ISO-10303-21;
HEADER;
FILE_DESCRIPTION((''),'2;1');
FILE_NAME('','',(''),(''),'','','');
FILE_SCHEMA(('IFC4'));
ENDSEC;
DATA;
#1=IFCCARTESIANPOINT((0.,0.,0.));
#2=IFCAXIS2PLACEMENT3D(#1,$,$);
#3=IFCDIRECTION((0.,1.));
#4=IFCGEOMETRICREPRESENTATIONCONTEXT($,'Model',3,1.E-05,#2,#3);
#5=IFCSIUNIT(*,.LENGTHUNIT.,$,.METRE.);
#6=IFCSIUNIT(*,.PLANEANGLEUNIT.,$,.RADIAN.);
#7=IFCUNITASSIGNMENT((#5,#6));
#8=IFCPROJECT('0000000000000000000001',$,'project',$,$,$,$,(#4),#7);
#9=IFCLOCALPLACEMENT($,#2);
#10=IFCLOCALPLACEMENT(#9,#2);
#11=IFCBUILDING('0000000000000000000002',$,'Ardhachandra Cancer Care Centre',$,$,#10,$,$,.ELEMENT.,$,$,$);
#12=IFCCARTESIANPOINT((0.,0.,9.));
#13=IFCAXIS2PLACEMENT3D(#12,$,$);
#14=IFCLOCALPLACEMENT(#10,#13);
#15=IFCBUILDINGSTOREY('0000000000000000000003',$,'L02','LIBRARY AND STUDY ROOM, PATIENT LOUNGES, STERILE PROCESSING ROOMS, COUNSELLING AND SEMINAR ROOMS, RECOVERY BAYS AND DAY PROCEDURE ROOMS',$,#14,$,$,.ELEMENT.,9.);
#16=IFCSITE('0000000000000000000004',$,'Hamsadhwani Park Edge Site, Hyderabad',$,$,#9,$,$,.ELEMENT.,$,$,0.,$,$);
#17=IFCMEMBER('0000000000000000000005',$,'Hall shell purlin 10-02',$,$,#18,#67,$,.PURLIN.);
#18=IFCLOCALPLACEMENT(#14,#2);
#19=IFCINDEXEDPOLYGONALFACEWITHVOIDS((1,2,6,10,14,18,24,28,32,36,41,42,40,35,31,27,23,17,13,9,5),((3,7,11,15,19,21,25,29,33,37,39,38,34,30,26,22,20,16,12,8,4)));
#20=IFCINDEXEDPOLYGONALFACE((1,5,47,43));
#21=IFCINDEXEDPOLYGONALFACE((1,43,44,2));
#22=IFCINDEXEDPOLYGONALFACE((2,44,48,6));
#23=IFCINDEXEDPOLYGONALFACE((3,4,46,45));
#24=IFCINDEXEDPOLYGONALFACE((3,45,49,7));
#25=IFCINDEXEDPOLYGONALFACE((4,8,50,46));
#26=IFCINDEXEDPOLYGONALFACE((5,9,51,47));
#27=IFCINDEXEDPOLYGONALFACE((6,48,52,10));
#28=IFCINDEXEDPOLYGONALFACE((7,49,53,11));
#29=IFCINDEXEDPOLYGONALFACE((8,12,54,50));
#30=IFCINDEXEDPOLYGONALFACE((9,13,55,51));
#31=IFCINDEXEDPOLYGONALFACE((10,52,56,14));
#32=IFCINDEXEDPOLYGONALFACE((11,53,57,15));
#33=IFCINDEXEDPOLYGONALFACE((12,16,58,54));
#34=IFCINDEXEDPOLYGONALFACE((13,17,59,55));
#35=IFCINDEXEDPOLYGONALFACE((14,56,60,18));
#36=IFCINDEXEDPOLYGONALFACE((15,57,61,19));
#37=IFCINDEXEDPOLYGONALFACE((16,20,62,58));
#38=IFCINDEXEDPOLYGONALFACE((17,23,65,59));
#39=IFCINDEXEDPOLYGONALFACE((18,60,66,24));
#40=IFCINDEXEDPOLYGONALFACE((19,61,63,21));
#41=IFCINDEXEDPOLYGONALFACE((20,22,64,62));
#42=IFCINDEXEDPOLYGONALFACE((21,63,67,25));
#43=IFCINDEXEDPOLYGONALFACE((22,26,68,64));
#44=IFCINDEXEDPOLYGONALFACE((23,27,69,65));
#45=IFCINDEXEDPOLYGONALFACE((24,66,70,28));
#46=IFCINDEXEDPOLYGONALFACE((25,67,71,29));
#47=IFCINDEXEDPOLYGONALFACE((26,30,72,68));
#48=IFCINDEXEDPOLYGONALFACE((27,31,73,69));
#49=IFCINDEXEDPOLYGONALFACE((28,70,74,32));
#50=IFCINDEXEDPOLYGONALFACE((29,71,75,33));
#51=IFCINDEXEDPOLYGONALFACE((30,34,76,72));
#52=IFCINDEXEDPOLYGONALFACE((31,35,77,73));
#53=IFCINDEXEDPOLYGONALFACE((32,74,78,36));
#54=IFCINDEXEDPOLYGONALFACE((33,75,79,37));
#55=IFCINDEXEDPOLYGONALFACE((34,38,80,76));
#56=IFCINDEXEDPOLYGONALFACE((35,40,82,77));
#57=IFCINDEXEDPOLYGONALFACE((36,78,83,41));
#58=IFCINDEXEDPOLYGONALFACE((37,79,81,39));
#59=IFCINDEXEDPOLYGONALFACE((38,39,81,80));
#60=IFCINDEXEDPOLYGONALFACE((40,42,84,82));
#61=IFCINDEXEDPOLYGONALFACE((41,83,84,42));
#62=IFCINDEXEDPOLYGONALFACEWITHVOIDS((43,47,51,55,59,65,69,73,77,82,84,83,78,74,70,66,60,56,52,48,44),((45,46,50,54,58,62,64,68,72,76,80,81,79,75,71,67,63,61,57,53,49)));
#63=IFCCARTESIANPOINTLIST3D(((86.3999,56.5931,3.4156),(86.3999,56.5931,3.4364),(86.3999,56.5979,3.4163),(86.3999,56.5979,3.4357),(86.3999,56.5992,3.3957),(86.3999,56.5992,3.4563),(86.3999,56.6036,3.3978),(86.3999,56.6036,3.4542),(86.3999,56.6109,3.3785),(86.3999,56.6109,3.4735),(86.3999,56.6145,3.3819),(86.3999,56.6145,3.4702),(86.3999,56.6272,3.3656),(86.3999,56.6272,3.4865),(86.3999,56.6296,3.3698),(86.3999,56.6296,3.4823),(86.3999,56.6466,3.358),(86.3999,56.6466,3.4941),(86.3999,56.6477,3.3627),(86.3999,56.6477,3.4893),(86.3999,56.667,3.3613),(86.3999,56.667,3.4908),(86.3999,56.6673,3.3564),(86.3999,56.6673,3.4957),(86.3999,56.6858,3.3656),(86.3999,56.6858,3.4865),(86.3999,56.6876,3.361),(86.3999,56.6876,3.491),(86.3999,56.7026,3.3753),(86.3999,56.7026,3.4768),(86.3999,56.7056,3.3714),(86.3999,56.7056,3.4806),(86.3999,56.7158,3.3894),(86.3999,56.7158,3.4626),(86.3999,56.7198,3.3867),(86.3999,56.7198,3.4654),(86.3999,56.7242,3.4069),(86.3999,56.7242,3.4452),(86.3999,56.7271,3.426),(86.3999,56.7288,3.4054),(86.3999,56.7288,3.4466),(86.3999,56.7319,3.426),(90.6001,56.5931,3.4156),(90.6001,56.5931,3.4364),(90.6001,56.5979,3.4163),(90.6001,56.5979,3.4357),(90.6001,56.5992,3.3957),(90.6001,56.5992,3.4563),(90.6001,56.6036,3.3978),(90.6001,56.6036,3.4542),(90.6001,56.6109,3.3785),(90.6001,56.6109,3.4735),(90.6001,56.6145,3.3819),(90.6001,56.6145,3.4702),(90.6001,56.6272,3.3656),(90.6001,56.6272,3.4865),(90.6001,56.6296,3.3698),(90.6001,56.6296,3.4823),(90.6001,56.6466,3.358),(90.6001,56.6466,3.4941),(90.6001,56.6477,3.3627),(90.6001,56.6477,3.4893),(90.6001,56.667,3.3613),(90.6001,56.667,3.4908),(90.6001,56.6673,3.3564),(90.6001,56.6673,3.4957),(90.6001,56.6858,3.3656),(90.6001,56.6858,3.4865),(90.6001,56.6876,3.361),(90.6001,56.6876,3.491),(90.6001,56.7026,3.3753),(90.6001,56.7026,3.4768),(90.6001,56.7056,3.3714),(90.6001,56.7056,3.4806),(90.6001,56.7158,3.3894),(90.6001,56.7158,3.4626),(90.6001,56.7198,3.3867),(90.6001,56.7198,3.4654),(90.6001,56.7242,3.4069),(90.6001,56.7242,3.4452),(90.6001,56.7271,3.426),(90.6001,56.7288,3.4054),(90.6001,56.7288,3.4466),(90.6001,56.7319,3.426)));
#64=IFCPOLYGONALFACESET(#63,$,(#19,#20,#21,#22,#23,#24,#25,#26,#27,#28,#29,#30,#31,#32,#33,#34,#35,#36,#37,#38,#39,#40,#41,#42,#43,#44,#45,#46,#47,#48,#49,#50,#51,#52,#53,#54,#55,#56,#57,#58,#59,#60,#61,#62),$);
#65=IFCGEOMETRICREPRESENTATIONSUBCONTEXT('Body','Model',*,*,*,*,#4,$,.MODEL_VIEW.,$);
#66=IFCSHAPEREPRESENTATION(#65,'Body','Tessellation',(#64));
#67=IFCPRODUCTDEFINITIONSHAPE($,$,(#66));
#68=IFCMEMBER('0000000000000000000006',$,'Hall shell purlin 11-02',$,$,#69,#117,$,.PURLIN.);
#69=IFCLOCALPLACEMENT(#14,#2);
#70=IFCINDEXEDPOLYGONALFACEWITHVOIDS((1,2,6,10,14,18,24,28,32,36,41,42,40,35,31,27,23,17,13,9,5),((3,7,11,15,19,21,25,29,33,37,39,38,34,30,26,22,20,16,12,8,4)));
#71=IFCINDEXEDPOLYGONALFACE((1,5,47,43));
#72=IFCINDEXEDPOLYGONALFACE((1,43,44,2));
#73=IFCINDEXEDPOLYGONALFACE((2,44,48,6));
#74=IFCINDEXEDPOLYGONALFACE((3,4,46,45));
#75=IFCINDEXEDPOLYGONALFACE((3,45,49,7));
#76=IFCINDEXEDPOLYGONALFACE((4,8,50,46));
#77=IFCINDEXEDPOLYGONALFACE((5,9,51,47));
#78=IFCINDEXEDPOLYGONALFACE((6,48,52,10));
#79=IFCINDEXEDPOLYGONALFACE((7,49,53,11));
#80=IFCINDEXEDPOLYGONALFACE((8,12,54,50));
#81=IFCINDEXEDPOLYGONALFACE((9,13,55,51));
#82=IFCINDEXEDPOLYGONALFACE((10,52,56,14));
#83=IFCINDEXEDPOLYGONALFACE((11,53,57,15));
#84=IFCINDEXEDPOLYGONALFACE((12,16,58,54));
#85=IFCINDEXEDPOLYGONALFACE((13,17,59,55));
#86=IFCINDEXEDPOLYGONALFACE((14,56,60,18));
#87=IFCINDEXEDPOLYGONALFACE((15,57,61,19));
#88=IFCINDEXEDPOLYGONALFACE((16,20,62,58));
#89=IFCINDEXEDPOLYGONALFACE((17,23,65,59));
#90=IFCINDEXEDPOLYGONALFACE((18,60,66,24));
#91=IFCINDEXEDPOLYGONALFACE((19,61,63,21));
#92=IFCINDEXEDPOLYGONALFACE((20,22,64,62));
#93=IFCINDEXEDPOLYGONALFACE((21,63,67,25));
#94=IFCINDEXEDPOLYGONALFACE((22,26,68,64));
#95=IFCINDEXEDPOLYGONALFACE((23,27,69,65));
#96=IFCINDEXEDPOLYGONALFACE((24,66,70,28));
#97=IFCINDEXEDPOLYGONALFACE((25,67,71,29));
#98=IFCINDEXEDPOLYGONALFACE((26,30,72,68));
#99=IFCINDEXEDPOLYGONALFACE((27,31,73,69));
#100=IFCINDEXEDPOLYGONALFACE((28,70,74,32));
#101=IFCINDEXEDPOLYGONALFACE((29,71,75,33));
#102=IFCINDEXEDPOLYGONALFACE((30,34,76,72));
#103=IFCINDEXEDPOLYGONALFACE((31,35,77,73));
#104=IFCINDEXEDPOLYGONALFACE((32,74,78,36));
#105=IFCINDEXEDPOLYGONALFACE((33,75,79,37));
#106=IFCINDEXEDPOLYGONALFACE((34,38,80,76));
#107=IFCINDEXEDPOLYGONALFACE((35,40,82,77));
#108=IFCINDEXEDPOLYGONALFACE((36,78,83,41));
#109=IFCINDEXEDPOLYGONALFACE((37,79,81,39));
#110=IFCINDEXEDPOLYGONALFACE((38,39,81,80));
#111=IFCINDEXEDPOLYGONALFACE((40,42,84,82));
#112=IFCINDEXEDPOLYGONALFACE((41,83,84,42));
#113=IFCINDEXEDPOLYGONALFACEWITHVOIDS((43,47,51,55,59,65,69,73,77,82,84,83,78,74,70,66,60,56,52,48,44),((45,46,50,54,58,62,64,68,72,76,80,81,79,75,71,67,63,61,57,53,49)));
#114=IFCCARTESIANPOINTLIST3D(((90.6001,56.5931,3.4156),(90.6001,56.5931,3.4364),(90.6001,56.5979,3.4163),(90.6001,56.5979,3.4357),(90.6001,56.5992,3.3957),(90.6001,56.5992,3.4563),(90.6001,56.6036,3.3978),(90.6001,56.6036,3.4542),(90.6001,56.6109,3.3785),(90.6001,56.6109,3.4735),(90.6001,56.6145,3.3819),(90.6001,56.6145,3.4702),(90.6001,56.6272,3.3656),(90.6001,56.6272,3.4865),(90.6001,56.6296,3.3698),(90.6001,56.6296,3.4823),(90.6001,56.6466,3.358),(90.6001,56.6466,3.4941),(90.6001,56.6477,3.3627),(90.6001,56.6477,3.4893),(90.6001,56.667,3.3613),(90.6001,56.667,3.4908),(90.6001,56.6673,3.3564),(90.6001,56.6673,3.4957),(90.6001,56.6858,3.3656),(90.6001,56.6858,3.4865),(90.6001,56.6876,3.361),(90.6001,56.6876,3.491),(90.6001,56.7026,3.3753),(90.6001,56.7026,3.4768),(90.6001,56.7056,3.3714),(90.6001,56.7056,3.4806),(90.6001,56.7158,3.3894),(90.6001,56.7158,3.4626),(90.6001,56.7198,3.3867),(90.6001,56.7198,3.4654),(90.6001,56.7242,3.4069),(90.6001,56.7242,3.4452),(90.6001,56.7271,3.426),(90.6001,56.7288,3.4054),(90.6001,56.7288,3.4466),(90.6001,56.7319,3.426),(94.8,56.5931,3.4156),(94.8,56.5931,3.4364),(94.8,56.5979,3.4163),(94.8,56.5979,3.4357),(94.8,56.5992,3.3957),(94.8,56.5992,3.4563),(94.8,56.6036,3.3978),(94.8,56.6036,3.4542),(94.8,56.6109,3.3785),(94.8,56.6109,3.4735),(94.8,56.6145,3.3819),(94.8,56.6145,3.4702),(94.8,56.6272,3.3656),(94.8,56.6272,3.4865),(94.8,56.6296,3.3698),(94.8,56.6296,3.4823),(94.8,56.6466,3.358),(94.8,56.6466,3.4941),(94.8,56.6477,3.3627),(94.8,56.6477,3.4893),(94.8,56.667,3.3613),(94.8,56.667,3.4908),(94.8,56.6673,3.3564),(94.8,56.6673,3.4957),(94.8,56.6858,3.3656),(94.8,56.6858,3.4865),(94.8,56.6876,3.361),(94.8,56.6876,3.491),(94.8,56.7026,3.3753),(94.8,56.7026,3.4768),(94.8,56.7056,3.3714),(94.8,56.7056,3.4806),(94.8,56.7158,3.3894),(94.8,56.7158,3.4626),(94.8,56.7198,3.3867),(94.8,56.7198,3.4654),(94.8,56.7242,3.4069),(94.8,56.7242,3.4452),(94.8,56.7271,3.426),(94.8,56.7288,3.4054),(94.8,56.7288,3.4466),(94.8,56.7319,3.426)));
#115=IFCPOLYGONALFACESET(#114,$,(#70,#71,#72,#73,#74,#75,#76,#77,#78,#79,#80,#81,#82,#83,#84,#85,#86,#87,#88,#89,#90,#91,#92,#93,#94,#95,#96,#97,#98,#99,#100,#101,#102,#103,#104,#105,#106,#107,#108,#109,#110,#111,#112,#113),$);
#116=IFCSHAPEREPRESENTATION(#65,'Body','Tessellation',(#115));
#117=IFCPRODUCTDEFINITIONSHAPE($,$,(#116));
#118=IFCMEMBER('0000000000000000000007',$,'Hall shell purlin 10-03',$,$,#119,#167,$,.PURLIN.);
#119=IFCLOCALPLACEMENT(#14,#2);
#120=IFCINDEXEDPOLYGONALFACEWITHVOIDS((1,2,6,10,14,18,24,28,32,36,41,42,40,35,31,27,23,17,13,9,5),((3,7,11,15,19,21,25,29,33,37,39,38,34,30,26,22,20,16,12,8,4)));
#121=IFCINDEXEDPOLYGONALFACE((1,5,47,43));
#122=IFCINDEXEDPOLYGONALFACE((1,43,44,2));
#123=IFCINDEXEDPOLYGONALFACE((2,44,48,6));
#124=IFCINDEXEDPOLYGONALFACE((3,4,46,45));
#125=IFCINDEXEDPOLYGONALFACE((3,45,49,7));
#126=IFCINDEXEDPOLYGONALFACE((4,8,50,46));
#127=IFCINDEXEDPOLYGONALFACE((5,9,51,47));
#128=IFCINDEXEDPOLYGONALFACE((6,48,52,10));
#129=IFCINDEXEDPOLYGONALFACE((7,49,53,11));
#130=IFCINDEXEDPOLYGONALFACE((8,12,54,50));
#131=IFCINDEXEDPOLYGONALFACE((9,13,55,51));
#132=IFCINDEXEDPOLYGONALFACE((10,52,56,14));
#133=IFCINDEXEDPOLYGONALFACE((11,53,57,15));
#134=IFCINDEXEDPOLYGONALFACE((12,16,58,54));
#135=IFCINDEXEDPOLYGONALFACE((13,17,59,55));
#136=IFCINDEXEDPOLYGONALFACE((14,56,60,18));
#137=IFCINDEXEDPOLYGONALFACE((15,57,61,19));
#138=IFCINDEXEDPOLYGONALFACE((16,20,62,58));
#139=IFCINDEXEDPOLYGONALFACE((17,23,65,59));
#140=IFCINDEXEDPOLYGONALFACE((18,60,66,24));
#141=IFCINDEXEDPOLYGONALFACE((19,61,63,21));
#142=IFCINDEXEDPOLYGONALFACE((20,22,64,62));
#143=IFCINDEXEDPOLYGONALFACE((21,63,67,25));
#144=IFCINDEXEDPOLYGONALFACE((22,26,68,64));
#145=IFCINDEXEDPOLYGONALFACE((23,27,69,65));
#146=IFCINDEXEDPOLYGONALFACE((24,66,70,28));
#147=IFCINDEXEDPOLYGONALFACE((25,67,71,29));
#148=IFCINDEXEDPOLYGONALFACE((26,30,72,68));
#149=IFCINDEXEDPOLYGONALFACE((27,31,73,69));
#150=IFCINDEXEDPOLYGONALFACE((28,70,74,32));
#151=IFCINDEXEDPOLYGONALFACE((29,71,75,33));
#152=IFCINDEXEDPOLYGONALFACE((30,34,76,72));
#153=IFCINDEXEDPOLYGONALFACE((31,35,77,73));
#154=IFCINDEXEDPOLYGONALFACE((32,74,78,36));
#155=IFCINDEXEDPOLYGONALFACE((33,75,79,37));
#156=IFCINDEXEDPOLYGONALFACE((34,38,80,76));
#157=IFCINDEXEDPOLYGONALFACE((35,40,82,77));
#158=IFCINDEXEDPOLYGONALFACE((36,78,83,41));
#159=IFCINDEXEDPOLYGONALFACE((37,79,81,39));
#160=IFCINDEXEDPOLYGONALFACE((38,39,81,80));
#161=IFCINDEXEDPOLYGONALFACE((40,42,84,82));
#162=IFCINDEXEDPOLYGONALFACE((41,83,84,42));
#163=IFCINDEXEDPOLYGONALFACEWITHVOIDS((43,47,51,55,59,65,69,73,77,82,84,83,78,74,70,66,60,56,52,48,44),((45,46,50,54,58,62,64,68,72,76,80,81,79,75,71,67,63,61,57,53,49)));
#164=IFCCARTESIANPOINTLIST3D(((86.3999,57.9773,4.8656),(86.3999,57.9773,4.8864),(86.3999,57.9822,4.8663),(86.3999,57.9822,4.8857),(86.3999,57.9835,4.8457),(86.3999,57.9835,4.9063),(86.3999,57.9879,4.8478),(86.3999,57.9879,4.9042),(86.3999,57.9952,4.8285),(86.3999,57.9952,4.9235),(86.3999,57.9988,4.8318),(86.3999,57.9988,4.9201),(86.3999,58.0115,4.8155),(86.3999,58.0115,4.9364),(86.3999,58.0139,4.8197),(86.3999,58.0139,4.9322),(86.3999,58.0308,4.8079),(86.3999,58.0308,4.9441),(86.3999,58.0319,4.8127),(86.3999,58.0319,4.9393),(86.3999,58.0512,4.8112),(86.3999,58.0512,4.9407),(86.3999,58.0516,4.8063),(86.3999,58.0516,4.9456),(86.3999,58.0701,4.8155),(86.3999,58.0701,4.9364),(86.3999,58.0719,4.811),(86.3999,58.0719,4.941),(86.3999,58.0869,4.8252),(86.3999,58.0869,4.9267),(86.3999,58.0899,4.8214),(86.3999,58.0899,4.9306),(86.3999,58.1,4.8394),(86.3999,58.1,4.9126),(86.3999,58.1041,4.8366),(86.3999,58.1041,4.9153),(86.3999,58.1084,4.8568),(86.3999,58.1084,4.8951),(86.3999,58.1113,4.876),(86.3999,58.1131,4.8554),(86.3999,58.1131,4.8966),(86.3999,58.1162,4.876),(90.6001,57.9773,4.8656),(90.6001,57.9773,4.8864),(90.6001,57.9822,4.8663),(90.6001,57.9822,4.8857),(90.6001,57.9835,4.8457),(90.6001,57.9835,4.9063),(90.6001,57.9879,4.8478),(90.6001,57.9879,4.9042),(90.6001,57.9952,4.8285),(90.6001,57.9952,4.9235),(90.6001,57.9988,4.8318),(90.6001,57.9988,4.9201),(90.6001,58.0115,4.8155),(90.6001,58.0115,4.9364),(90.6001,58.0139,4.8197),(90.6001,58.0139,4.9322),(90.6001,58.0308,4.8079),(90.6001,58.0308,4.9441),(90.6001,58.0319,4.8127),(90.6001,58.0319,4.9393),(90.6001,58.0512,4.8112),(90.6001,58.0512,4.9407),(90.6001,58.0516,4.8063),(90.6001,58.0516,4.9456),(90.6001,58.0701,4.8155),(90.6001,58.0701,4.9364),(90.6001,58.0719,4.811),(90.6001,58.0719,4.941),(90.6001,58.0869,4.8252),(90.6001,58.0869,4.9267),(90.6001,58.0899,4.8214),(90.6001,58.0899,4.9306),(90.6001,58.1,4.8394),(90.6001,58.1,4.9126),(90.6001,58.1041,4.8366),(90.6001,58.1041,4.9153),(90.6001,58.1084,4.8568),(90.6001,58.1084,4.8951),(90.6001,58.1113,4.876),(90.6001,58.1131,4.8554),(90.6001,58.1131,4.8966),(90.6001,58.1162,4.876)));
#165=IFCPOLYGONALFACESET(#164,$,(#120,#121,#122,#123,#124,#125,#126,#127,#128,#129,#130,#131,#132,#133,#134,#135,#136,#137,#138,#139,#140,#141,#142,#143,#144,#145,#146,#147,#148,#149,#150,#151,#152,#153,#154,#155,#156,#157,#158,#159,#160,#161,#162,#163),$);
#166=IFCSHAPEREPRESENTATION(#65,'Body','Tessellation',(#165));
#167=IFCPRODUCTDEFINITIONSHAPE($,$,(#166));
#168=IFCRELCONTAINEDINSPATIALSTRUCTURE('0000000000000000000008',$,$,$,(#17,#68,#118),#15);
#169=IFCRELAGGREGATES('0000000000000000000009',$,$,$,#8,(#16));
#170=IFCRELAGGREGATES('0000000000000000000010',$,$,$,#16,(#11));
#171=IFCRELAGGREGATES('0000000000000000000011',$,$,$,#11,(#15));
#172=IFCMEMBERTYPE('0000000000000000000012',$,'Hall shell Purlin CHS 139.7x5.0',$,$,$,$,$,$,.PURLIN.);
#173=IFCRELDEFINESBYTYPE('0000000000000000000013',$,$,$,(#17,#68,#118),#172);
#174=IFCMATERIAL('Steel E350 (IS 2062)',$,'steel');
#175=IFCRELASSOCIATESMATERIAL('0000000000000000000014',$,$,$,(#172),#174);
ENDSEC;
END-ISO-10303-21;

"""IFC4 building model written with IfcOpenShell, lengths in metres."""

from ifc_helpers import new_model, si_unit, direction, frame, origin, origin_2d, place, context, subcontext, project, spatial, hollow_circle, extrude, material, material_profile, profile_set, type_object, element, save


model = new_model("IFC4")

# Units and contexts
model_context = context("Model", 3, precision=1e-05, world=origin(), true_north=direction((0.0, 1.0)))
body_context = subcontext(model_context, "Body", "Model", "MODEL_VIEW")
ifc_project = project(units=[si_unit("LENGTHUNIT", "METRE"), si_unit("PLANEANGLEUNIT", "RADIAN")], contexts=[model_context])

# Site, building, storey
site_placement = place(None, origin())
site = spatial("IfcSite", under=ifc_project, at=site_placement, Name="Hamsadhwani Park Edge Site, Hyderabad", CompositionType="ELEMENT", RefElevation=0.0)
building_placement = place(site_placement, origin())
building = spatial("IfcBuilding", under=site, at=building_placement, Name="Ardhachandra Cancer Care Centre", CompositionType="ELEMENT")
storey_placement = place(building_placement, frame((0.0, 0.0, 9.0)))
storey = spatial("IfcBuildingStorey", under=building, at=storey_placement, Name="L02", Description="LIBRARY AND STUDY ROOM, PATIENT LOUNGES, STERILE PROCESSING ROOMS, COUNSELLING AND SEMINAR ROOMS, RECOVERY BAYS AND DAY PROCEDURE ROOMS", CompositionType="ELEMENT", Elevation=9.0)

# Members
ifc_material_1 = material(Name="Steel E350 (IS 2062)", Category="steel")
ifc_material_profile_1 = material_profile(ifc_material_1, hollow_circle(Radius=0.0698, WallThickness=0.0049, at=origin_2d()), Name="CHS 139.7x5.0")
ifc_profile_set_1 = profile_set([ifc_material_profile_1], Name="Steel E350 (IS 2062)")
member_type_1 = type_object("IfcMemberType", Name="Hall shell Purlin CHS 139.7x5.0", PredefinedType="PURLIN", material=ifc_profile_set_1)
member_1_placement = place(storey_placement, frame((86.3999, 56.6621, 3.426), z_axis=(1.0, 0.0, 0.0), x_axis=(0.0, 1.0, 0.0)))
element("IfcMember", 1, at=member_1_placement, inside=storey, type_object=member_type_1, Name="Hall shell purlin 10-02", PredefinedType="PURLIN", context=body_context, shape_type="SweptSolid", body=[
    extrude(hollow_circle(Radius=0.0698, WallThickness=0.0049, at=origin_2d()), origin(), (0.0, 0.0, 1.0), 4.2002),
])
member_2_placement = place(storey_placement, frame((90.6001, 56.6621, 3.426), z_axis=(1.0, 0.0, 0.0), x_axis=(0.0, 1.0, 0.0)))
element("IfcMember", 2, at=member_2_placement, inside=storey, type_object=member_type_1, Name="Hall shell purlin 11-02", PredefinedType="PURLIN", context=body_context, shape_type="SweptSolid", body=[
    extrude(hollow_circle(Radius=0.0698, WallThickness=0.0049, at=origin_2d()), origin(), (0.0, 0.0, 1.0), 4.2),
])
member_3_placement = place(storey_placement, frame((86.3999, 58.0464, 4.876), z_axis=(1.0, 0.0, 0.0), x_axis=(0.0, 1.0, 0.0)))
element("IfcMember", 3, at=member_3_placement, inside=storey, type_object=member_type_1, Name="Hall shell purlin 10-03", PredefinedType="PURLIN", context=body_context, shape_type="SweptSolid", body=[
    extrude(hollow_circle(Radius=0.0698, WallThickness=0.0049, at=origin_2d()), origin(), (0.0, 0.0, 1.0), 4.2002),
])

save(model, "model.ifc")
